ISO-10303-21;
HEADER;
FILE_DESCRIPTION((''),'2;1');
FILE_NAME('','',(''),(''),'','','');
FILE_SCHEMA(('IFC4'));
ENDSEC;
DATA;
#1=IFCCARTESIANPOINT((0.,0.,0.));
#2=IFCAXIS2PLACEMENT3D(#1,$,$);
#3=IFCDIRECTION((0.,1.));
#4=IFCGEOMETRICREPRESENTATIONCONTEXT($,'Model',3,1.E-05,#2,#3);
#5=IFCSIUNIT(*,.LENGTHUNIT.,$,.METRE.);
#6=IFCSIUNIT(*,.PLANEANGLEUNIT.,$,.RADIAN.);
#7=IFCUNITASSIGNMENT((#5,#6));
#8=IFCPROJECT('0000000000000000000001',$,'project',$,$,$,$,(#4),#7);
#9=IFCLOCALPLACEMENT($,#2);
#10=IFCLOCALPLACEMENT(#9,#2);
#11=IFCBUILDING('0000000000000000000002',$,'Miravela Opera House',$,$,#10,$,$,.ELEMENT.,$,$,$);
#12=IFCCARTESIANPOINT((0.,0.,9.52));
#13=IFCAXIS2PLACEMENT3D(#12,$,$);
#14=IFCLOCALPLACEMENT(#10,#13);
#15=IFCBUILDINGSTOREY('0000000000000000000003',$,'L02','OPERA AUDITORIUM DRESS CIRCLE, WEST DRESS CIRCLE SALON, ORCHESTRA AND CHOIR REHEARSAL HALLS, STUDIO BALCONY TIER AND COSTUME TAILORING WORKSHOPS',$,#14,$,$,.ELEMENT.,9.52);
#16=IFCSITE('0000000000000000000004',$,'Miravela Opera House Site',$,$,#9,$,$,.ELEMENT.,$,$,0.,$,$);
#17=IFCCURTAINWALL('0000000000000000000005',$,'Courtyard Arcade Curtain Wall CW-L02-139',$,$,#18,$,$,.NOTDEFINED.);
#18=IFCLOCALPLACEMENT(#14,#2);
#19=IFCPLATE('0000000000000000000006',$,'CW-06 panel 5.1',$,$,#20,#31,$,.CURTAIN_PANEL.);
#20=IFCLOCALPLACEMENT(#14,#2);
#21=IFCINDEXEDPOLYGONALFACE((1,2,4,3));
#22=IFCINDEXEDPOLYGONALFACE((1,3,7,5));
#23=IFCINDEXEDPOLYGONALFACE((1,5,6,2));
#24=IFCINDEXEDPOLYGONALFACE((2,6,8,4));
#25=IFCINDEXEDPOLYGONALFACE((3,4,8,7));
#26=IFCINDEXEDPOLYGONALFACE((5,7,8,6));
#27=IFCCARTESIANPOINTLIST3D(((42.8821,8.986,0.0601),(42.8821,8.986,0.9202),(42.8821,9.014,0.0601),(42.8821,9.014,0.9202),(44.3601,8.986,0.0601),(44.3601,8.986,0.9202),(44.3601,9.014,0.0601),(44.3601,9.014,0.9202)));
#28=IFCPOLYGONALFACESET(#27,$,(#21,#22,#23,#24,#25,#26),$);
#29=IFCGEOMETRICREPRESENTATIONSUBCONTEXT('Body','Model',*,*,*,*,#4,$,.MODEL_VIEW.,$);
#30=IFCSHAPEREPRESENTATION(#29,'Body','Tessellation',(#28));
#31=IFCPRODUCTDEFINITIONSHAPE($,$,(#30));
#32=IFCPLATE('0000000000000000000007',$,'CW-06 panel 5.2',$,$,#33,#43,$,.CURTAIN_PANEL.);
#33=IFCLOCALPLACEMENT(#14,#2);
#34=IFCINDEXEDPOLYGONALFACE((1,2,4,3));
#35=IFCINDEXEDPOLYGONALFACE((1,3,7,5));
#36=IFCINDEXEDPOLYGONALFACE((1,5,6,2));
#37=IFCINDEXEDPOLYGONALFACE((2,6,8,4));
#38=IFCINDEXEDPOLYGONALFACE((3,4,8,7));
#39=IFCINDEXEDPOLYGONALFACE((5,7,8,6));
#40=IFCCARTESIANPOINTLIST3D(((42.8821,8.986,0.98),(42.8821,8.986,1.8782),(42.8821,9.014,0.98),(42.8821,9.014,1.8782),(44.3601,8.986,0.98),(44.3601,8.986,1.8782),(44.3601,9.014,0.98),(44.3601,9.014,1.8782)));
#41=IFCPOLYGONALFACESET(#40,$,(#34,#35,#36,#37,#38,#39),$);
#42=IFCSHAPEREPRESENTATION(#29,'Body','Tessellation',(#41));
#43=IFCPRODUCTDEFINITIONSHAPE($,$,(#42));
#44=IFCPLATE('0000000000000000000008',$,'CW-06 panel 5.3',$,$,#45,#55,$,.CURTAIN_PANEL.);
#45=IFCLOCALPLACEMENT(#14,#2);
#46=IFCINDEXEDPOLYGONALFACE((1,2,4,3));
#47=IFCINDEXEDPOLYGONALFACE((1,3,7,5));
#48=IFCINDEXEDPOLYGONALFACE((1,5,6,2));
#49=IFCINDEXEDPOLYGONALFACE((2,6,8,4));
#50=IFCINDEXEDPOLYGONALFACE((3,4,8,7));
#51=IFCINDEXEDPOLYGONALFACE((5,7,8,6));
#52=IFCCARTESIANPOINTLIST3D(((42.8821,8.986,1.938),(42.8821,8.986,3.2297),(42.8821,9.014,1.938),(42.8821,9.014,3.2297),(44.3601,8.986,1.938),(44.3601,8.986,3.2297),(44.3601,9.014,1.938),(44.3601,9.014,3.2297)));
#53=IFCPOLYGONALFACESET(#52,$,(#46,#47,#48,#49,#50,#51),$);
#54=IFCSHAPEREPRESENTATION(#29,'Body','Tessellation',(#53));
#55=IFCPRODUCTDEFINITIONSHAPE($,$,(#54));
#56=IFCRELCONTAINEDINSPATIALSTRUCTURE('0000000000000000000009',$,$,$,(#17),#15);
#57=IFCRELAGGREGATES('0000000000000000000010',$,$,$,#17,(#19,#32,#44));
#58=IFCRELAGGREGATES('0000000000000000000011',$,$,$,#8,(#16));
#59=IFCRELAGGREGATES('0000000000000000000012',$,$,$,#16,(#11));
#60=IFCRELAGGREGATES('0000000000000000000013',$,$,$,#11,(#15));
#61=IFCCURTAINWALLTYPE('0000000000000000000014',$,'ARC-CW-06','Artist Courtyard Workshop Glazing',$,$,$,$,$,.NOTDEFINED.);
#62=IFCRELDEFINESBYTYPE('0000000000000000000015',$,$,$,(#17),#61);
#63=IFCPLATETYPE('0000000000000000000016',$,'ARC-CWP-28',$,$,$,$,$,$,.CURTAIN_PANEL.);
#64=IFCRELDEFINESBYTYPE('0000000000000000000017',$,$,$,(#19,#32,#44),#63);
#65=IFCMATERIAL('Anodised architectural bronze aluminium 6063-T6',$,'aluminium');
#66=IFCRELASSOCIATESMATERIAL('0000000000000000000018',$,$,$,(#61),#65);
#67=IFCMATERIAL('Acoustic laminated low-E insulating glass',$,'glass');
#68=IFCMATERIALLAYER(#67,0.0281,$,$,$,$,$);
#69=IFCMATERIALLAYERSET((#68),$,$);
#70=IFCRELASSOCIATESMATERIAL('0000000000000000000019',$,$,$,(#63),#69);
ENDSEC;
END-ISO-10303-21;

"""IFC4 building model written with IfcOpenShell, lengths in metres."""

from ifc_helpers import new_model, si_unit, direction, frame, origin, origin_2d, place, context, subcontext, project, spatial, rectangle, extrude, material, layer, layer_set, type_object, element, aggregate, save


model = new_model("IFC4")

# Units and contexts
model_context = context("Model", 3, precision=1e-05, world=origin(), true_north=direction((0.0, 1.0)))
body_context = subcontext(model_context, "Body", "Model", "MODEL_VIEW")
ifc_project = project(units=[si_unit("LENGTHUNIT", "METRE"), si_unit("PLANEANGLEUNIT", "RADIAN")], contexts=[model_context])

# Site, building, storey
site_placement = place(None, origin())
site = spatial("IfcSite", under=ifc_project, at=site_placement, Name="Miravela Opera House Site", CompositionType="ELEMENT", RefElevation=0.0)
building_placement = place(site_placement, origin())
building = spatial("IfcBuilding", under=site, at=building_placement, Name="Miravela Opera House", CompositionType="ELEMENT")
storey_placement = place(building_placement, frame((0.0, 0.0, 9.52)))
storey = spatial("IfcBuildingStorey", under=building, at=storey_placement, Name="L02", Description="OPERA AUDITORIUM DRESS CIRCLE, WEST DRESS CIRCLE SALON, ORCHESTRA AND CHOIR REHEARSAL HALLS, STUDIO BALCONY TIER AND COSTUME TAILORING WORKSHOPS", CompositionType="ELEMENT", Elevation=9.52)

# Curtain wall
ifc_material_1 = material(Name="Anodised architectural bronze aluminium 6063-T6", Category="aluminium")
curtain_wall_type = type_object("IfcCurtainWallType", Name="ARC-CW-06", Description="Artist Courtyard Workshop Glazing", PredefinedType="NOTDEFINED", material=ifc_material_1)
curtain_wall_1_placement = place(storey_placement, origin())
curtain_wall_1 = element("IfcCurtainWall", 1, at=curtain_wall_1_placement, inside=storey, type_object=curtain_wall_type, Name="Courtyard Arcade Curtain Wall CW-L02-139", PredefinedType="NOTDEFINED")

# Plates
ifc_material_2 = material(Name="Acoustic laminated low-E insulating glass", Category="glass")
ifc_layer = layer(ifc_material_2, 0.0281)
ifc_layer_set = layer_set([ifc_layer])
plate_type = type_object("IfcPlateType", Name="ARC-CWP-28", PredefinedType="CURTAIN_PANEL", material=ifc_layer_set)
plate_1_placement = place(storey_placement, frame((43.6211, 9.0, 0.0601), z_axis=(0.0, 0.0, 1.0), x_axis=(1.0, 0.0, 0.0)))
plate_1 = element("IfcPlate", 2, at=plate_1_placement, type_object=plate_type, Name="CW-06 panel 5.1", PredefinedType="CURTAIN_PANEL", context=body_context, shape_type="SweptSolid", body=[
    extrude(rectangle(XDim=1.478, YDim=0.0281, at=origin_2d()), origin(), (0.0, 0.0, 1.0), 0.8601),
])
plate_2_placement = place(storey_placement, frame((43.6211, 9.0, 0.98), z_axis=(0.0, 0.0, 1.0), x_axis=(1.0, 0.0, 0.0)))
plate_2 = element("IfcPlate", 3, at=plate_2_placement, type_object=plate_type, Name="CW-06 panel 5.2", PredefinedType="CURTAIN_PANEL", context=body_context, shape_type="SweptSolid", body=[
    extrude(rectangle(XDim=1.478, YDim=0.0281, at=origin_2d()), origin(), (0.0, 0.0, 1.0), 0.8982),
])
plate_3_placement = place(storey_placement, frame((43.6211, 9.0, 1.938), z_axis=(0.0, 0.0, 1.0), x_axis=(1.0, 0.0, 0.0)))
plate_3 = element("IfcPlate", 4, at=plate_3_placement, type_object=plate_type, Name="CW-06 panel 5.3", PredefinedType="CURTAIN_PANEL", context=body_context, shape_type="SweptSolid", body=[
    extrude(rectangle(XDim=1.478, YDim=0.0281, at=origin_2d()), origin(), (0.0, 0.0, 1.0), 1.2917),
])
aggregate(curtain_wall_1, [plate_1, plate_2, plate_3])

save(model, "model.ifc")
